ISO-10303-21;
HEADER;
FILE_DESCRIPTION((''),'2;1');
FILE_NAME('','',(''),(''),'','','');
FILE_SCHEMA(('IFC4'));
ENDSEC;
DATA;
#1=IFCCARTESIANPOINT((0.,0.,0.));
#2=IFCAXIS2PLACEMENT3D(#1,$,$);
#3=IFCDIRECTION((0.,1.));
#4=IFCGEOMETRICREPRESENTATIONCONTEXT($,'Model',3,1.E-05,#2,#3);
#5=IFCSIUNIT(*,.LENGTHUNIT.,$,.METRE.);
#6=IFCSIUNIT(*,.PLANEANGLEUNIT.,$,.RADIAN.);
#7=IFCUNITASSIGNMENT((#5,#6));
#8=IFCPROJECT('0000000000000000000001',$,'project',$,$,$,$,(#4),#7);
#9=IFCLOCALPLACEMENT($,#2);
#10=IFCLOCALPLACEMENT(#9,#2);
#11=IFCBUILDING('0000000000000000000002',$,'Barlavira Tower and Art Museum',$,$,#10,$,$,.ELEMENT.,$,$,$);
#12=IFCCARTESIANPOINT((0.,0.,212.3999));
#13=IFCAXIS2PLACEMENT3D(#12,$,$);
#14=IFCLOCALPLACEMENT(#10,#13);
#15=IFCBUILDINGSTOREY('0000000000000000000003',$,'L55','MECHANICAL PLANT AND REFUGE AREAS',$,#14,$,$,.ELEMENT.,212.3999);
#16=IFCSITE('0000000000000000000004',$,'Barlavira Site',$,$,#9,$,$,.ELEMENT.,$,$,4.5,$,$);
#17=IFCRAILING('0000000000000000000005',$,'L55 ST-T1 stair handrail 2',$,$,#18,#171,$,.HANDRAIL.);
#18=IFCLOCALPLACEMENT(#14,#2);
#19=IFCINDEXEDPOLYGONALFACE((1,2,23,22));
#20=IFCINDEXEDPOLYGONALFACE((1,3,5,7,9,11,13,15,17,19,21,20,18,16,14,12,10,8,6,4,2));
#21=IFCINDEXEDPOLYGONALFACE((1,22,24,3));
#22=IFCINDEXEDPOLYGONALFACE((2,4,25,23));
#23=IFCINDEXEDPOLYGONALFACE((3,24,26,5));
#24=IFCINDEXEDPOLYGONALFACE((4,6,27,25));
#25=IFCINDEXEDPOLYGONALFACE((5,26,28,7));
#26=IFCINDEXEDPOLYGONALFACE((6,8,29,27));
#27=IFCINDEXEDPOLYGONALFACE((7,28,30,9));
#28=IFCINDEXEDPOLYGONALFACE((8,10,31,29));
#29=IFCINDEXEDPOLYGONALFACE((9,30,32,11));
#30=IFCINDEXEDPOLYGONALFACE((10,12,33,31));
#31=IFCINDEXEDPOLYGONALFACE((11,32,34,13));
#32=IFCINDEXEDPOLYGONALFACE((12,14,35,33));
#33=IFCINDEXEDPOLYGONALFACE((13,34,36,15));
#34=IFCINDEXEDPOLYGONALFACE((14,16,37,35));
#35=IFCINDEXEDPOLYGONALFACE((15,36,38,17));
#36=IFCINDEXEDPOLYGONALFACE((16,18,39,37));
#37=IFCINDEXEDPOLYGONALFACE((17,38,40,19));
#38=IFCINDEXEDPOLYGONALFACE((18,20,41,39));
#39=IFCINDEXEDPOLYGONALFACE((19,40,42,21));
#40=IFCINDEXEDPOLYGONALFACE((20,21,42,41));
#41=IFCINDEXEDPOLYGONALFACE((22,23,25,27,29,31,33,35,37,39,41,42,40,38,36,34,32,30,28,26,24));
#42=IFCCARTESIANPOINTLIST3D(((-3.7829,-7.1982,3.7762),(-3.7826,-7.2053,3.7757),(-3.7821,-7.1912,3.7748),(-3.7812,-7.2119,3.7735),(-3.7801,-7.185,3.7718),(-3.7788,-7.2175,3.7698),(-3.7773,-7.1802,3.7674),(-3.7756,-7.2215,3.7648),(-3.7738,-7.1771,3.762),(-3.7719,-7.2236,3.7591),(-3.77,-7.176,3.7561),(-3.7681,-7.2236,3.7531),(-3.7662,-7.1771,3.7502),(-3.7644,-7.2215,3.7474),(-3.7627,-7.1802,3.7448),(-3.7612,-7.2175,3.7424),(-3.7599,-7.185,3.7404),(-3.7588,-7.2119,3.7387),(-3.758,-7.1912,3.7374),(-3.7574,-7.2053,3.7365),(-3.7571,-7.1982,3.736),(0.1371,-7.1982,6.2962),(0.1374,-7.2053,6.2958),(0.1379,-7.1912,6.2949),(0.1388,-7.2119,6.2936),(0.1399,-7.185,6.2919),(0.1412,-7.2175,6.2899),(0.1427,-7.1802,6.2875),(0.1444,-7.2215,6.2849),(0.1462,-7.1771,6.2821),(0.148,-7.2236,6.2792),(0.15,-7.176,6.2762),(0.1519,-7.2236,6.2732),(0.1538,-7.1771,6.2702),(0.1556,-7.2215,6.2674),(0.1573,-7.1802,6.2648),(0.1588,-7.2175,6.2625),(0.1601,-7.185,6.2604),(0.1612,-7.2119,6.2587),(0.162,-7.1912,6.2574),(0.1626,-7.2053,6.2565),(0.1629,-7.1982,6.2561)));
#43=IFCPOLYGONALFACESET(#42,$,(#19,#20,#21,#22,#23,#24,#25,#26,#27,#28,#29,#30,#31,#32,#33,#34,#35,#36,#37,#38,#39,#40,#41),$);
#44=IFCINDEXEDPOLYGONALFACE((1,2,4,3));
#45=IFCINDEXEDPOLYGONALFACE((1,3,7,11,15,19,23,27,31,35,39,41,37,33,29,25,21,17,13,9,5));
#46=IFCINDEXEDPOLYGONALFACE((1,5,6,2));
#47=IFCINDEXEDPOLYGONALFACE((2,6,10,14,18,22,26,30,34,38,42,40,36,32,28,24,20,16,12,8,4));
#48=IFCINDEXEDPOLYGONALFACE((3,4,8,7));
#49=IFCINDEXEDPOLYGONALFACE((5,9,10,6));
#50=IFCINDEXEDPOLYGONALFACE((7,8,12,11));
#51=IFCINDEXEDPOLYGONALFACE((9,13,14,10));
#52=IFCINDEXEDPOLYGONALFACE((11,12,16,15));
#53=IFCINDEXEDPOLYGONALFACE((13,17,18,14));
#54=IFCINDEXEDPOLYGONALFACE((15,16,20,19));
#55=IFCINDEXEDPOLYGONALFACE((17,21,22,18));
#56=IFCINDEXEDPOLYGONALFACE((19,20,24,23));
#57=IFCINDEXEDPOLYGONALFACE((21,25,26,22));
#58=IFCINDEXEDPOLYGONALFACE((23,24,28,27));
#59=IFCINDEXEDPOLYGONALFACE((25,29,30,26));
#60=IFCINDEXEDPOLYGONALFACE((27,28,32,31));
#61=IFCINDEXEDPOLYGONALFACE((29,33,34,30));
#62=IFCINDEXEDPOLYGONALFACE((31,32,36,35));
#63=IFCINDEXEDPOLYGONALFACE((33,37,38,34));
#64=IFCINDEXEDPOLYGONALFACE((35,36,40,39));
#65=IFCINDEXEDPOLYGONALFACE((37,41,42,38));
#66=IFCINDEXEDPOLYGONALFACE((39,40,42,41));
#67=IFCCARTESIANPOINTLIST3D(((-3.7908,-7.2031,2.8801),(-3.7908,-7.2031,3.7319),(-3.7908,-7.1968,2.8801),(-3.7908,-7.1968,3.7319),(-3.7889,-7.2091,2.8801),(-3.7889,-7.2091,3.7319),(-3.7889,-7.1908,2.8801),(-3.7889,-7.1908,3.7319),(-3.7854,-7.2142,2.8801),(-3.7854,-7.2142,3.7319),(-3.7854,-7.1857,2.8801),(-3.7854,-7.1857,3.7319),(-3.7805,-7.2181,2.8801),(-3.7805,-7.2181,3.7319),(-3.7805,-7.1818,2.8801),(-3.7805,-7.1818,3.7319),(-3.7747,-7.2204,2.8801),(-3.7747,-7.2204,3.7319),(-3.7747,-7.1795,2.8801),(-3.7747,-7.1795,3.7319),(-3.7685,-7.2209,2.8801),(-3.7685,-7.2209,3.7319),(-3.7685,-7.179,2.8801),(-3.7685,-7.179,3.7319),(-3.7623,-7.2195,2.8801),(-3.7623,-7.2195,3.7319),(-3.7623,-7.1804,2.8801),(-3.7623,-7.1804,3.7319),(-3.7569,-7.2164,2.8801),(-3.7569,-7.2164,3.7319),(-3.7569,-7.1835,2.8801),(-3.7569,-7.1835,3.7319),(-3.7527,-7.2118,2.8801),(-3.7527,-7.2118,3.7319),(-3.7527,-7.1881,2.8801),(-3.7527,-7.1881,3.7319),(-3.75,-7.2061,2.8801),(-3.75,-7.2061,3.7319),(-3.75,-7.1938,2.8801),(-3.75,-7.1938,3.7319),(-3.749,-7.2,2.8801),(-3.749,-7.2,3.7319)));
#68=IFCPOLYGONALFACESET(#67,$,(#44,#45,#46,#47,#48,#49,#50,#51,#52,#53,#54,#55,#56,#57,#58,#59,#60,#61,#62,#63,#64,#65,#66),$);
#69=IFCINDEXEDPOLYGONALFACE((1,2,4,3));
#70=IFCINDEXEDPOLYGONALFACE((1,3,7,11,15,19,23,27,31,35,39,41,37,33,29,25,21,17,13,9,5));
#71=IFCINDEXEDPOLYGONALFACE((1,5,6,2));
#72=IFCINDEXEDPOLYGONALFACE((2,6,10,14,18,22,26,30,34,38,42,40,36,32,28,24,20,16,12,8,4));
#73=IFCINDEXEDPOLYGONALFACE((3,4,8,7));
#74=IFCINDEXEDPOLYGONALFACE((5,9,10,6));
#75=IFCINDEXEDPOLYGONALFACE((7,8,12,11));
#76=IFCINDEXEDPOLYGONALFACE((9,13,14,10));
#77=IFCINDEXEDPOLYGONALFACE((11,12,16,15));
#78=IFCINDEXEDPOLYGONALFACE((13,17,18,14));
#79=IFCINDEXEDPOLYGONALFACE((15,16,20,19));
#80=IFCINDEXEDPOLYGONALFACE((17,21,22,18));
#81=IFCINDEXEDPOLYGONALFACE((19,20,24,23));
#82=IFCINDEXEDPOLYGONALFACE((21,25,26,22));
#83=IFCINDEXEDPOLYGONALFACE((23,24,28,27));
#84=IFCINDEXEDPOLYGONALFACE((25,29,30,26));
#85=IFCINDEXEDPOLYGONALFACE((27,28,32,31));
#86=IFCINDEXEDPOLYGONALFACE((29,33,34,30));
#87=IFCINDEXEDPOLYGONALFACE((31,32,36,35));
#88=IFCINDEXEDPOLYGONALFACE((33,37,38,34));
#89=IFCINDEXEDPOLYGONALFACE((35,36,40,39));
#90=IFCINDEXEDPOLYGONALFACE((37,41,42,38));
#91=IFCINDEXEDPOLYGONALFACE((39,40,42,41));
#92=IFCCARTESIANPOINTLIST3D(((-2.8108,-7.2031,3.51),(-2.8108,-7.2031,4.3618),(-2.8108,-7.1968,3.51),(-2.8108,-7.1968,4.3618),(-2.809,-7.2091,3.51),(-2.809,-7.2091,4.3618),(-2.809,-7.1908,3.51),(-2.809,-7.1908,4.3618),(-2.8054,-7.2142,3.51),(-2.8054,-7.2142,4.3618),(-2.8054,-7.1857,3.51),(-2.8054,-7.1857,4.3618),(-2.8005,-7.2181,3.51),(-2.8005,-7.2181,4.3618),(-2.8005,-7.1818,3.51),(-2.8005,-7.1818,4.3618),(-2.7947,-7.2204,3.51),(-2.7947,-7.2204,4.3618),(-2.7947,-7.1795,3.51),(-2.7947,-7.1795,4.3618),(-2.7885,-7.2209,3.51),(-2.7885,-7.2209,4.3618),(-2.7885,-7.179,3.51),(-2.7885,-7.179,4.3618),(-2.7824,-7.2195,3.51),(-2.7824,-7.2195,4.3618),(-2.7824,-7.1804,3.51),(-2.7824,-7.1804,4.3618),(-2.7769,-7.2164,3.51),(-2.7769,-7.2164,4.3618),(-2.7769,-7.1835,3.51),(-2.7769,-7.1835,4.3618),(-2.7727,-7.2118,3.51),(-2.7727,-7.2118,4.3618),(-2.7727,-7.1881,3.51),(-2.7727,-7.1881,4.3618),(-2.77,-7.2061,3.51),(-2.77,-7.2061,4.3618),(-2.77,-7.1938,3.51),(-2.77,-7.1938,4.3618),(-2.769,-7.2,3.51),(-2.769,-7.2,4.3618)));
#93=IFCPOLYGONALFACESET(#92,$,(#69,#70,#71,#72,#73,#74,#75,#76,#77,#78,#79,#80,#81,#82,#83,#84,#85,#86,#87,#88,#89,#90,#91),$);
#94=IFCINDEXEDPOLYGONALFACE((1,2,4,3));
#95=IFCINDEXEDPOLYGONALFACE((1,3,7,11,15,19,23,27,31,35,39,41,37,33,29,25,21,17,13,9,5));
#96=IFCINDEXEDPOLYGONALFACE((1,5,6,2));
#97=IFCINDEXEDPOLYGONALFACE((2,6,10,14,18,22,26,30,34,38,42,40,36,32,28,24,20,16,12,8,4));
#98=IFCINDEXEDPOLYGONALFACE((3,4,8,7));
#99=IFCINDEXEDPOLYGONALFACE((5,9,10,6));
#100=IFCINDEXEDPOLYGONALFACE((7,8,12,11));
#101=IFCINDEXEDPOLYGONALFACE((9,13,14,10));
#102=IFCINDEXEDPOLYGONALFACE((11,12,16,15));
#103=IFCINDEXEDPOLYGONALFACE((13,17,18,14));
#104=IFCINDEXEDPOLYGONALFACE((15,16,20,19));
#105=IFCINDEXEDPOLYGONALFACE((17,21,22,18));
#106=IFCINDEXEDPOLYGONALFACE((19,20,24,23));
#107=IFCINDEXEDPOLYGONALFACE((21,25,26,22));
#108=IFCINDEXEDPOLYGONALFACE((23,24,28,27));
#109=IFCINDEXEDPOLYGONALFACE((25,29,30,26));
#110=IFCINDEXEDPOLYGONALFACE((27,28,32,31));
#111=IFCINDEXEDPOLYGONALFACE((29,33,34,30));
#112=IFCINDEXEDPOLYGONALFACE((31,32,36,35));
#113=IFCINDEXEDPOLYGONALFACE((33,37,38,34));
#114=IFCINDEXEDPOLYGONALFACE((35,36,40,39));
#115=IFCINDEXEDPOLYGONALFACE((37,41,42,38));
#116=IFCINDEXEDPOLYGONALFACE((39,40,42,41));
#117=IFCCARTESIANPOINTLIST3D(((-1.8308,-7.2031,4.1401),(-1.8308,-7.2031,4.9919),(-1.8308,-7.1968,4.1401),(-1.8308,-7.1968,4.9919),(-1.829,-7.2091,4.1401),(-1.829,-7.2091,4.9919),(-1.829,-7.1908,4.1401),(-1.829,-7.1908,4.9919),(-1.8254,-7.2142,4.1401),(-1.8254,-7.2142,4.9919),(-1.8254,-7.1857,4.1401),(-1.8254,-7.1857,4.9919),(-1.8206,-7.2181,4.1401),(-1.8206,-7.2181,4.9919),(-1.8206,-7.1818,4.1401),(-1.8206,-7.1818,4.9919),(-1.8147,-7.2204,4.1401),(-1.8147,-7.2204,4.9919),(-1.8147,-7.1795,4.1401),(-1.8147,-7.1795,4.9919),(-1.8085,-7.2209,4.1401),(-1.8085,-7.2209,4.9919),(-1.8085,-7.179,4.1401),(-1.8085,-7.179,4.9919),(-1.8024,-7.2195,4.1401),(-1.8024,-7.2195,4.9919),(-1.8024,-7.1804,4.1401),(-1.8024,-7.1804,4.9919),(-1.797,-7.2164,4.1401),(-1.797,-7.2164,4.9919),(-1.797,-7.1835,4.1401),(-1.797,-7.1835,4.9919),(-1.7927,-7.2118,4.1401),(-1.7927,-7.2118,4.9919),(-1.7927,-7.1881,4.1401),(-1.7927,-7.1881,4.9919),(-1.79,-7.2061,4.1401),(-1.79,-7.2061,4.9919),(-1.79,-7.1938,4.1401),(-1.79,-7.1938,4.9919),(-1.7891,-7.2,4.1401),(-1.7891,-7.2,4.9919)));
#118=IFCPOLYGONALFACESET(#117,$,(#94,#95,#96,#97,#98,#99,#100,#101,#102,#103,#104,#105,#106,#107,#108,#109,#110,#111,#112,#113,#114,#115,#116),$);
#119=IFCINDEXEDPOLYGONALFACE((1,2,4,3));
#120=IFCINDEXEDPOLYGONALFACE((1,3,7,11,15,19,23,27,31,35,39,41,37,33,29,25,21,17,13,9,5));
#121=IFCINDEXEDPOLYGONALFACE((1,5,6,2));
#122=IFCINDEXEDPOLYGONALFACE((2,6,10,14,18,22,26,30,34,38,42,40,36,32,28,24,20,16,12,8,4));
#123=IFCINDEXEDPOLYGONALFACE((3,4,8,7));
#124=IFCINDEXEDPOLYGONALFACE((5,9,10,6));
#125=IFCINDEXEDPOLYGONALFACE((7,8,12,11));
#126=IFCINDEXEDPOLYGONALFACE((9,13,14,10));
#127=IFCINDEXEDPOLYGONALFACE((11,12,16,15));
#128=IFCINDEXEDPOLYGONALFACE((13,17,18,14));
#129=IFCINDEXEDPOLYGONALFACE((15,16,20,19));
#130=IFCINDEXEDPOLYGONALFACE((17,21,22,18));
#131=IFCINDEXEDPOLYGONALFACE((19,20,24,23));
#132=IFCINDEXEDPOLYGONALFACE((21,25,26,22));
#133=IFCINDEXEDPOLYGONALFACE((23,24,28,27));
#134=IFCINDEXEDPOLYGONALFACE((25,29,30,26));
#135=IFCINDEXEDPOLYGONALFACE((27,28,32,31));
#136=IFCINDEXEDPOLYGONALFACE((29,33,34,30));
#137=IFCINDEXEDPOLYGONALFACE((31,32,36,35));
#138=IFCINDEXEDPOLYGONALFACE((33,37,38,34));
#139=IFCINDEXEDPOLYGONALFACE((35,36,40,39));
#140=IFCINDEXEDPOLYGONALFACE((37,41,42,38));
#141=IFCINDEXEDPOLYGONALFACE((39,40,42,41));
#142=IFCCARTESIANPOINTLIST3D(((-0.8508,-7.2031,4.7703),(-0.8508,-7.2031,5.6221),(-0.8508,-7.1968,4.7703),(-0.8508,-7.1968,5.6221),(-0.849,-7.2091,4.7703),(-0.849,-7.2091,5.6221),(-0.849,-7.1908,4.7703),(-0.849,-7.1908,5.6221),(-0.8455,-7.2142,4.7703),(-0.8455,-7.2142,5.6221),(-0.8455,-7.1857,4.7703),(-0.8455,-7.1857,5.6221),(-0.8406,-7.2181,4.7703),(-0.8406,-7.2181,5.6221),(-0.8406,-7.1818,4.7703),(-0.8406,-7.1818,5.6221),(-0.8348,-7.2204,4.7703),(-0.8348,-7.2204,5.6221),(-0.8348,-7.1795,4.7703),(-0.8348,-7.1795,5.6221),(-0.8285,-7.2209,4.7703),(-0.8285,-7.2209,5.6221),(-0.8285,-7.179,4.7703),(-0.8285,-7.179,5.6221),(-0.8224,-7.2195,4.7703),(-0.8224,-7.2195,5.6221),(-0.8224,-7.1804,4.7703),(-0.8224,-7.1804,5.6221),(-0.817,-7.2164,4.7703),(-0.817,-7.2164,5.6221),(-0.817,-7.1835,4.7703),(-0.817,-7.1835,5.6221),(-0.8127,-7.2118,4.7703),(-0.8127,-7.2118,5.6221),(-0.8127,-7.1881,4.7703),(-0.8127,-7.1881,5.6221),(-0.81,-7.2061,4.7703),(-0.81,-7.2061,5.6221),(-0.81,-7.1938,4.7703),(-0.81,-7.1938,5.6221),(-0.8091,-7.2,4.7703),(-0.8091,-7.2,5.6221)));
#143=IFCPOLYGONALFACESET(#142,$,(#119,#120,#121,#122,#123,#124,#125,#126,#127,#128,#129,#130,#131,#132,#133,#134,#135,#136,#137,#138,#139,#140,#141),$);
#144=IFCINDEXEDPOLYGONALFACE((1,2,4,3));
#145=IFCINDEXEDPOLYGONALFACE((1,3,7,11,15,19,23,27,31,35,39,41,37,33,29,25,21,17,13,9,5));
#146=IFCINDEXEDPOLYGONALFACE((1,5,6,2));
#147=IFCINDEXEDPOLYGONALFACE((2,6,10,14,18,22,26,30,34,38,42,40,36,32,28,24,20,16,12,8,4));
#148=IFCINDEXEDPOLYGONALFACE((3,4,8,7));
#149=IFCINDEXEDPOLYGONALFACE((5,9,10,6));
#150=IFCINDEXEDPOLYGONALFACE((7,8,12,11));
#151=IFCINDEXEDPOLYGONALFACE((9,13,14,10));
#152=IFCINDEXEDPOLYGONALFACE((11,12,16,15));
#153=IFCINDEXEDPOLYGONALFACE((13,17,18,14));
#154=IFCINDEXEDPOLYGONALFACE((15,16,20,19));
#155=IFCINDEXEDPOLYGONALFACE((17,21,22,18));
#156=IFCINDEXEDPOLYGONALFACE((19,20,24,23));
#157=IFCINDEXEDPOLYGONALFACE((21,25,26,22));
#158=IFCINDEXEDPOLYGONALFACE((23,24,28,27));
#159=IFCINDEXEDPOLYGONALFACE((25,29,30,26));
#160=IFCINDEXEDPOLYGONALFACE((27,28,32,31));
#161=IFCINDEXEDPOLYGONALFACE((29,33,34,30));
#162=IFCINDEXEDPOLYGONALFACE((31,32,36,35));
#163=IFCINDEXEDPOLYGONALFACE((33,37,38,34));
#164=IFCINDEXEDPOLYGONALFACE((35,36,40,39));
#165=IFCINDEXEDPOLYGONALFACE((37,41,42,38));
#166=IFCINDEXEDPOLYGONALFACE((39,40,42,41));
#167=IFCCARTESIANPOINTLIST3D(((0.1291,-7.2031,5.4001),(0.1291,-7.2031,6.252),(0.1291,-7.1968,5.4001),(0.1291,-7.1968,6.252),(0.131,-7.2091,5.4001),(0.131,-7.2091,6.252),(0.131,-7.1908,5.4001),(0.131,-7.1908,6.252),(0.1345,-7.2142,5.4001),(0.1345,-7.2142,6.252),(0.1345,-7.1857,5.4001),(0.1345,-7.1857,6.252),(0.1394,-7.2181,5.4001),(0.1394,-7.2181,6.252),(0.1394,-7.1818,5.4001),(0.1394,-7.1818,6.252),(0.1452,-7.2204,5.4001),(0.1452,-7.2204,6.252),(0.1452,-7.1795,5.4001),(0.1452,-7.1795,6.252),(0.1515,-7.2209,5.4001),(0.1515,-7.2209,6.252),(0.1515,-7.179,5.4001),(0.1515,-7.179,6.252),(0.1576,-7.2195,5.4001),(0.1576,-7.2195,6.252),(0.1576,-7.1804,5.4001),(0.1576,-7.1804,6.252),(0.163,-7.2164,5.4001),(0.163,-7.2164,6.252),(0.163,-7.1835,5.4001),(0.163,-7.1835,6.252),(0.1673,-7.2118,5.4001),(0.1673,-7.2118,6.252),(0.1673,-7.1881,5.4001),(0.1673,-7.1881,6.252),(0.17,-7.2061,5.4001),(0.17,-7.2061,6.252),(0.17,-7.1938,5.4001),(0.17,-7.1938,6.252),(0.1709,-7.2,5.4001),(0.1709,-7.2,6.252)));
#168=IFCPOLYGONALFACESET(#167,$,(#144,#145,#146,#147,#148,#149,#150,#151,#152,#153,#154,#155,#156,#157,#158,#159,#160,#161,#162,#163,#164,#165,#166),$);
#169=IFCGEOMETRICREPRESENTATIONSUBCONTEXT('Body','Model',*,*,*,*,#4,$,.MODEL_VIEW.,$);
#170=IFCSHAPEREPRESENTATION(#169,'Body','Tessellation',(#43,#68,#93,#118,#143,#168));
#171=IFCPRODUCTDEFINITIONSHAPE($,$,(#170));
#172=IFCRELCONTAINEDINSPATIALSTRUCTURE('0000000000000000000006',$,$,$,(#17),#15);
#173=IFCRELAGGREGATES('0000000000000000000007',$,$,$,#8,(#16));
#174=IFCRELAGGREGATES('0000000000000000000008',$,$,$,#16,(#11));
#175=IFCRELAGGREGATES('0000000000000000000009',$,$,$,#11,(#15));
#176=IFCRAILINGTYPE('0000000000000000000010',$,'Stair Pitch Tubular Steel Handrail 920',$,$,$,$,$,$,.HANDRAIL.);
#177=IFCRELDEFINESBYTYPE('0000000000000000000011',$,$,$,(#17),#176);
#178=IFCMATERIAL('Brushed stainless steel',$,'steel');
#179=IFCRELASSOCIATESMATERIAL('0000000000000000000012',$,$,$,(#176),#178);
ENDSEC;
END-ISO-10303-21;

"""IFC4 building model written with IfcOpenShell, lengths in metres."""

from ifc_helpers import new_model, si_unit, direction, frame, origin, origin_2d, place, context, subcontext, project, spatial, circle, extrude, material, type_object, element, save


model = new_model("IFC4")

# Units and contexts
model_context = context("Model", 3, precision=1e-05, world=origin(), true_north=direction((0.0, 1.0)))
body_context = subcontext(model_context, "Body", "Model", "MODEL_VIEW")
ifc_project = project(units=[si_unit("LENGTHUNIT", "METRE"), si_unit("PLANEANGLEUNIT", "RADIAN")], contexts=[model_context])

# Site, building, storey
site_placement = place(None, origin())
site = spatial("IfcSite", under=ifc_project, at=site_placement, Name="Barlavira Site", CompositionType="ELEMENT", RefElevation=4.5)
building_placement = place(site_placement, origin())
building = spatial("IfcBuilding", under=site, at=building_placement, Name="Barlavira Tower and Art Museum", CompositionType="ELEMENT")
storey_placement = place(building_placement, frame((0.0, 0.0, 212.3999)))
storey = spatial("IfcBuildingStorey", under=building, at=storey_placement, Name="L55", Description="MECHANICAL PLANT AND REFUGE AREAS", CompositionType="ELEMENT", Elevation=212.3999)

# Shared definitions
ifc_material_1 = material(Name="Brushed stainless steel", Category="steel")

# Railing
railing_type_1 = type_object("IfcRailingType", Name="Stair Pitch Tubular Steel Handrail 920", PredefinedType="HANDRAIL", material=ifc_material_1)
railing_1_placement = place(storey_placement, frame((-3.77, -7.2, 2.8801)))
element("IfcRailing", 1, at=railing_1_placement, inside=storey, type_object=railing_type_1, Name="L55 ST-T1 stair handrail 2", PredefinedType="HANDRAIL", context=body_context, shape_type="SweptSolid", body=[
    extrude(circle(Radius=0.0239, at=origin_2d()), frame((0.0, 0.0, 0.876), z_axis=(0.841172, 0.0, 0.540768), x_axis=(0.0, 1.0, 0.0)), (0.0, 0.0, 1.0), 4.6602),
    extrude(circle(Radius=0.021, at=origin_2d()), origin(), (0.0, 0.0, 1.0), 0.8518),
    extrude(circle(Radius=0.021, at=origin_2d()), frame((0.98, 0.0, 0.6299)), (0.0, 0.0, 1.0), 0.8518),
    extrude(circle(Radius=0.021, at=origin_2d()), frame((1.96, 0.0, 1.26)), (0.0, 0.0, 1.0), 0.8518),
    extrude(circle(Radius=0.021, at=origin_2d()), frame((2.9399, 0.0, 1.8901)), (0.0, 0.0, 1.0), 0.8518),
    extrude(circle(Radius=0.021, at=origin_2d()), frame((3.9199, 0.0, 2.52)), (0.0, 0.0, 1.0), 0.8518),
])

save(model, "model.ifc")
